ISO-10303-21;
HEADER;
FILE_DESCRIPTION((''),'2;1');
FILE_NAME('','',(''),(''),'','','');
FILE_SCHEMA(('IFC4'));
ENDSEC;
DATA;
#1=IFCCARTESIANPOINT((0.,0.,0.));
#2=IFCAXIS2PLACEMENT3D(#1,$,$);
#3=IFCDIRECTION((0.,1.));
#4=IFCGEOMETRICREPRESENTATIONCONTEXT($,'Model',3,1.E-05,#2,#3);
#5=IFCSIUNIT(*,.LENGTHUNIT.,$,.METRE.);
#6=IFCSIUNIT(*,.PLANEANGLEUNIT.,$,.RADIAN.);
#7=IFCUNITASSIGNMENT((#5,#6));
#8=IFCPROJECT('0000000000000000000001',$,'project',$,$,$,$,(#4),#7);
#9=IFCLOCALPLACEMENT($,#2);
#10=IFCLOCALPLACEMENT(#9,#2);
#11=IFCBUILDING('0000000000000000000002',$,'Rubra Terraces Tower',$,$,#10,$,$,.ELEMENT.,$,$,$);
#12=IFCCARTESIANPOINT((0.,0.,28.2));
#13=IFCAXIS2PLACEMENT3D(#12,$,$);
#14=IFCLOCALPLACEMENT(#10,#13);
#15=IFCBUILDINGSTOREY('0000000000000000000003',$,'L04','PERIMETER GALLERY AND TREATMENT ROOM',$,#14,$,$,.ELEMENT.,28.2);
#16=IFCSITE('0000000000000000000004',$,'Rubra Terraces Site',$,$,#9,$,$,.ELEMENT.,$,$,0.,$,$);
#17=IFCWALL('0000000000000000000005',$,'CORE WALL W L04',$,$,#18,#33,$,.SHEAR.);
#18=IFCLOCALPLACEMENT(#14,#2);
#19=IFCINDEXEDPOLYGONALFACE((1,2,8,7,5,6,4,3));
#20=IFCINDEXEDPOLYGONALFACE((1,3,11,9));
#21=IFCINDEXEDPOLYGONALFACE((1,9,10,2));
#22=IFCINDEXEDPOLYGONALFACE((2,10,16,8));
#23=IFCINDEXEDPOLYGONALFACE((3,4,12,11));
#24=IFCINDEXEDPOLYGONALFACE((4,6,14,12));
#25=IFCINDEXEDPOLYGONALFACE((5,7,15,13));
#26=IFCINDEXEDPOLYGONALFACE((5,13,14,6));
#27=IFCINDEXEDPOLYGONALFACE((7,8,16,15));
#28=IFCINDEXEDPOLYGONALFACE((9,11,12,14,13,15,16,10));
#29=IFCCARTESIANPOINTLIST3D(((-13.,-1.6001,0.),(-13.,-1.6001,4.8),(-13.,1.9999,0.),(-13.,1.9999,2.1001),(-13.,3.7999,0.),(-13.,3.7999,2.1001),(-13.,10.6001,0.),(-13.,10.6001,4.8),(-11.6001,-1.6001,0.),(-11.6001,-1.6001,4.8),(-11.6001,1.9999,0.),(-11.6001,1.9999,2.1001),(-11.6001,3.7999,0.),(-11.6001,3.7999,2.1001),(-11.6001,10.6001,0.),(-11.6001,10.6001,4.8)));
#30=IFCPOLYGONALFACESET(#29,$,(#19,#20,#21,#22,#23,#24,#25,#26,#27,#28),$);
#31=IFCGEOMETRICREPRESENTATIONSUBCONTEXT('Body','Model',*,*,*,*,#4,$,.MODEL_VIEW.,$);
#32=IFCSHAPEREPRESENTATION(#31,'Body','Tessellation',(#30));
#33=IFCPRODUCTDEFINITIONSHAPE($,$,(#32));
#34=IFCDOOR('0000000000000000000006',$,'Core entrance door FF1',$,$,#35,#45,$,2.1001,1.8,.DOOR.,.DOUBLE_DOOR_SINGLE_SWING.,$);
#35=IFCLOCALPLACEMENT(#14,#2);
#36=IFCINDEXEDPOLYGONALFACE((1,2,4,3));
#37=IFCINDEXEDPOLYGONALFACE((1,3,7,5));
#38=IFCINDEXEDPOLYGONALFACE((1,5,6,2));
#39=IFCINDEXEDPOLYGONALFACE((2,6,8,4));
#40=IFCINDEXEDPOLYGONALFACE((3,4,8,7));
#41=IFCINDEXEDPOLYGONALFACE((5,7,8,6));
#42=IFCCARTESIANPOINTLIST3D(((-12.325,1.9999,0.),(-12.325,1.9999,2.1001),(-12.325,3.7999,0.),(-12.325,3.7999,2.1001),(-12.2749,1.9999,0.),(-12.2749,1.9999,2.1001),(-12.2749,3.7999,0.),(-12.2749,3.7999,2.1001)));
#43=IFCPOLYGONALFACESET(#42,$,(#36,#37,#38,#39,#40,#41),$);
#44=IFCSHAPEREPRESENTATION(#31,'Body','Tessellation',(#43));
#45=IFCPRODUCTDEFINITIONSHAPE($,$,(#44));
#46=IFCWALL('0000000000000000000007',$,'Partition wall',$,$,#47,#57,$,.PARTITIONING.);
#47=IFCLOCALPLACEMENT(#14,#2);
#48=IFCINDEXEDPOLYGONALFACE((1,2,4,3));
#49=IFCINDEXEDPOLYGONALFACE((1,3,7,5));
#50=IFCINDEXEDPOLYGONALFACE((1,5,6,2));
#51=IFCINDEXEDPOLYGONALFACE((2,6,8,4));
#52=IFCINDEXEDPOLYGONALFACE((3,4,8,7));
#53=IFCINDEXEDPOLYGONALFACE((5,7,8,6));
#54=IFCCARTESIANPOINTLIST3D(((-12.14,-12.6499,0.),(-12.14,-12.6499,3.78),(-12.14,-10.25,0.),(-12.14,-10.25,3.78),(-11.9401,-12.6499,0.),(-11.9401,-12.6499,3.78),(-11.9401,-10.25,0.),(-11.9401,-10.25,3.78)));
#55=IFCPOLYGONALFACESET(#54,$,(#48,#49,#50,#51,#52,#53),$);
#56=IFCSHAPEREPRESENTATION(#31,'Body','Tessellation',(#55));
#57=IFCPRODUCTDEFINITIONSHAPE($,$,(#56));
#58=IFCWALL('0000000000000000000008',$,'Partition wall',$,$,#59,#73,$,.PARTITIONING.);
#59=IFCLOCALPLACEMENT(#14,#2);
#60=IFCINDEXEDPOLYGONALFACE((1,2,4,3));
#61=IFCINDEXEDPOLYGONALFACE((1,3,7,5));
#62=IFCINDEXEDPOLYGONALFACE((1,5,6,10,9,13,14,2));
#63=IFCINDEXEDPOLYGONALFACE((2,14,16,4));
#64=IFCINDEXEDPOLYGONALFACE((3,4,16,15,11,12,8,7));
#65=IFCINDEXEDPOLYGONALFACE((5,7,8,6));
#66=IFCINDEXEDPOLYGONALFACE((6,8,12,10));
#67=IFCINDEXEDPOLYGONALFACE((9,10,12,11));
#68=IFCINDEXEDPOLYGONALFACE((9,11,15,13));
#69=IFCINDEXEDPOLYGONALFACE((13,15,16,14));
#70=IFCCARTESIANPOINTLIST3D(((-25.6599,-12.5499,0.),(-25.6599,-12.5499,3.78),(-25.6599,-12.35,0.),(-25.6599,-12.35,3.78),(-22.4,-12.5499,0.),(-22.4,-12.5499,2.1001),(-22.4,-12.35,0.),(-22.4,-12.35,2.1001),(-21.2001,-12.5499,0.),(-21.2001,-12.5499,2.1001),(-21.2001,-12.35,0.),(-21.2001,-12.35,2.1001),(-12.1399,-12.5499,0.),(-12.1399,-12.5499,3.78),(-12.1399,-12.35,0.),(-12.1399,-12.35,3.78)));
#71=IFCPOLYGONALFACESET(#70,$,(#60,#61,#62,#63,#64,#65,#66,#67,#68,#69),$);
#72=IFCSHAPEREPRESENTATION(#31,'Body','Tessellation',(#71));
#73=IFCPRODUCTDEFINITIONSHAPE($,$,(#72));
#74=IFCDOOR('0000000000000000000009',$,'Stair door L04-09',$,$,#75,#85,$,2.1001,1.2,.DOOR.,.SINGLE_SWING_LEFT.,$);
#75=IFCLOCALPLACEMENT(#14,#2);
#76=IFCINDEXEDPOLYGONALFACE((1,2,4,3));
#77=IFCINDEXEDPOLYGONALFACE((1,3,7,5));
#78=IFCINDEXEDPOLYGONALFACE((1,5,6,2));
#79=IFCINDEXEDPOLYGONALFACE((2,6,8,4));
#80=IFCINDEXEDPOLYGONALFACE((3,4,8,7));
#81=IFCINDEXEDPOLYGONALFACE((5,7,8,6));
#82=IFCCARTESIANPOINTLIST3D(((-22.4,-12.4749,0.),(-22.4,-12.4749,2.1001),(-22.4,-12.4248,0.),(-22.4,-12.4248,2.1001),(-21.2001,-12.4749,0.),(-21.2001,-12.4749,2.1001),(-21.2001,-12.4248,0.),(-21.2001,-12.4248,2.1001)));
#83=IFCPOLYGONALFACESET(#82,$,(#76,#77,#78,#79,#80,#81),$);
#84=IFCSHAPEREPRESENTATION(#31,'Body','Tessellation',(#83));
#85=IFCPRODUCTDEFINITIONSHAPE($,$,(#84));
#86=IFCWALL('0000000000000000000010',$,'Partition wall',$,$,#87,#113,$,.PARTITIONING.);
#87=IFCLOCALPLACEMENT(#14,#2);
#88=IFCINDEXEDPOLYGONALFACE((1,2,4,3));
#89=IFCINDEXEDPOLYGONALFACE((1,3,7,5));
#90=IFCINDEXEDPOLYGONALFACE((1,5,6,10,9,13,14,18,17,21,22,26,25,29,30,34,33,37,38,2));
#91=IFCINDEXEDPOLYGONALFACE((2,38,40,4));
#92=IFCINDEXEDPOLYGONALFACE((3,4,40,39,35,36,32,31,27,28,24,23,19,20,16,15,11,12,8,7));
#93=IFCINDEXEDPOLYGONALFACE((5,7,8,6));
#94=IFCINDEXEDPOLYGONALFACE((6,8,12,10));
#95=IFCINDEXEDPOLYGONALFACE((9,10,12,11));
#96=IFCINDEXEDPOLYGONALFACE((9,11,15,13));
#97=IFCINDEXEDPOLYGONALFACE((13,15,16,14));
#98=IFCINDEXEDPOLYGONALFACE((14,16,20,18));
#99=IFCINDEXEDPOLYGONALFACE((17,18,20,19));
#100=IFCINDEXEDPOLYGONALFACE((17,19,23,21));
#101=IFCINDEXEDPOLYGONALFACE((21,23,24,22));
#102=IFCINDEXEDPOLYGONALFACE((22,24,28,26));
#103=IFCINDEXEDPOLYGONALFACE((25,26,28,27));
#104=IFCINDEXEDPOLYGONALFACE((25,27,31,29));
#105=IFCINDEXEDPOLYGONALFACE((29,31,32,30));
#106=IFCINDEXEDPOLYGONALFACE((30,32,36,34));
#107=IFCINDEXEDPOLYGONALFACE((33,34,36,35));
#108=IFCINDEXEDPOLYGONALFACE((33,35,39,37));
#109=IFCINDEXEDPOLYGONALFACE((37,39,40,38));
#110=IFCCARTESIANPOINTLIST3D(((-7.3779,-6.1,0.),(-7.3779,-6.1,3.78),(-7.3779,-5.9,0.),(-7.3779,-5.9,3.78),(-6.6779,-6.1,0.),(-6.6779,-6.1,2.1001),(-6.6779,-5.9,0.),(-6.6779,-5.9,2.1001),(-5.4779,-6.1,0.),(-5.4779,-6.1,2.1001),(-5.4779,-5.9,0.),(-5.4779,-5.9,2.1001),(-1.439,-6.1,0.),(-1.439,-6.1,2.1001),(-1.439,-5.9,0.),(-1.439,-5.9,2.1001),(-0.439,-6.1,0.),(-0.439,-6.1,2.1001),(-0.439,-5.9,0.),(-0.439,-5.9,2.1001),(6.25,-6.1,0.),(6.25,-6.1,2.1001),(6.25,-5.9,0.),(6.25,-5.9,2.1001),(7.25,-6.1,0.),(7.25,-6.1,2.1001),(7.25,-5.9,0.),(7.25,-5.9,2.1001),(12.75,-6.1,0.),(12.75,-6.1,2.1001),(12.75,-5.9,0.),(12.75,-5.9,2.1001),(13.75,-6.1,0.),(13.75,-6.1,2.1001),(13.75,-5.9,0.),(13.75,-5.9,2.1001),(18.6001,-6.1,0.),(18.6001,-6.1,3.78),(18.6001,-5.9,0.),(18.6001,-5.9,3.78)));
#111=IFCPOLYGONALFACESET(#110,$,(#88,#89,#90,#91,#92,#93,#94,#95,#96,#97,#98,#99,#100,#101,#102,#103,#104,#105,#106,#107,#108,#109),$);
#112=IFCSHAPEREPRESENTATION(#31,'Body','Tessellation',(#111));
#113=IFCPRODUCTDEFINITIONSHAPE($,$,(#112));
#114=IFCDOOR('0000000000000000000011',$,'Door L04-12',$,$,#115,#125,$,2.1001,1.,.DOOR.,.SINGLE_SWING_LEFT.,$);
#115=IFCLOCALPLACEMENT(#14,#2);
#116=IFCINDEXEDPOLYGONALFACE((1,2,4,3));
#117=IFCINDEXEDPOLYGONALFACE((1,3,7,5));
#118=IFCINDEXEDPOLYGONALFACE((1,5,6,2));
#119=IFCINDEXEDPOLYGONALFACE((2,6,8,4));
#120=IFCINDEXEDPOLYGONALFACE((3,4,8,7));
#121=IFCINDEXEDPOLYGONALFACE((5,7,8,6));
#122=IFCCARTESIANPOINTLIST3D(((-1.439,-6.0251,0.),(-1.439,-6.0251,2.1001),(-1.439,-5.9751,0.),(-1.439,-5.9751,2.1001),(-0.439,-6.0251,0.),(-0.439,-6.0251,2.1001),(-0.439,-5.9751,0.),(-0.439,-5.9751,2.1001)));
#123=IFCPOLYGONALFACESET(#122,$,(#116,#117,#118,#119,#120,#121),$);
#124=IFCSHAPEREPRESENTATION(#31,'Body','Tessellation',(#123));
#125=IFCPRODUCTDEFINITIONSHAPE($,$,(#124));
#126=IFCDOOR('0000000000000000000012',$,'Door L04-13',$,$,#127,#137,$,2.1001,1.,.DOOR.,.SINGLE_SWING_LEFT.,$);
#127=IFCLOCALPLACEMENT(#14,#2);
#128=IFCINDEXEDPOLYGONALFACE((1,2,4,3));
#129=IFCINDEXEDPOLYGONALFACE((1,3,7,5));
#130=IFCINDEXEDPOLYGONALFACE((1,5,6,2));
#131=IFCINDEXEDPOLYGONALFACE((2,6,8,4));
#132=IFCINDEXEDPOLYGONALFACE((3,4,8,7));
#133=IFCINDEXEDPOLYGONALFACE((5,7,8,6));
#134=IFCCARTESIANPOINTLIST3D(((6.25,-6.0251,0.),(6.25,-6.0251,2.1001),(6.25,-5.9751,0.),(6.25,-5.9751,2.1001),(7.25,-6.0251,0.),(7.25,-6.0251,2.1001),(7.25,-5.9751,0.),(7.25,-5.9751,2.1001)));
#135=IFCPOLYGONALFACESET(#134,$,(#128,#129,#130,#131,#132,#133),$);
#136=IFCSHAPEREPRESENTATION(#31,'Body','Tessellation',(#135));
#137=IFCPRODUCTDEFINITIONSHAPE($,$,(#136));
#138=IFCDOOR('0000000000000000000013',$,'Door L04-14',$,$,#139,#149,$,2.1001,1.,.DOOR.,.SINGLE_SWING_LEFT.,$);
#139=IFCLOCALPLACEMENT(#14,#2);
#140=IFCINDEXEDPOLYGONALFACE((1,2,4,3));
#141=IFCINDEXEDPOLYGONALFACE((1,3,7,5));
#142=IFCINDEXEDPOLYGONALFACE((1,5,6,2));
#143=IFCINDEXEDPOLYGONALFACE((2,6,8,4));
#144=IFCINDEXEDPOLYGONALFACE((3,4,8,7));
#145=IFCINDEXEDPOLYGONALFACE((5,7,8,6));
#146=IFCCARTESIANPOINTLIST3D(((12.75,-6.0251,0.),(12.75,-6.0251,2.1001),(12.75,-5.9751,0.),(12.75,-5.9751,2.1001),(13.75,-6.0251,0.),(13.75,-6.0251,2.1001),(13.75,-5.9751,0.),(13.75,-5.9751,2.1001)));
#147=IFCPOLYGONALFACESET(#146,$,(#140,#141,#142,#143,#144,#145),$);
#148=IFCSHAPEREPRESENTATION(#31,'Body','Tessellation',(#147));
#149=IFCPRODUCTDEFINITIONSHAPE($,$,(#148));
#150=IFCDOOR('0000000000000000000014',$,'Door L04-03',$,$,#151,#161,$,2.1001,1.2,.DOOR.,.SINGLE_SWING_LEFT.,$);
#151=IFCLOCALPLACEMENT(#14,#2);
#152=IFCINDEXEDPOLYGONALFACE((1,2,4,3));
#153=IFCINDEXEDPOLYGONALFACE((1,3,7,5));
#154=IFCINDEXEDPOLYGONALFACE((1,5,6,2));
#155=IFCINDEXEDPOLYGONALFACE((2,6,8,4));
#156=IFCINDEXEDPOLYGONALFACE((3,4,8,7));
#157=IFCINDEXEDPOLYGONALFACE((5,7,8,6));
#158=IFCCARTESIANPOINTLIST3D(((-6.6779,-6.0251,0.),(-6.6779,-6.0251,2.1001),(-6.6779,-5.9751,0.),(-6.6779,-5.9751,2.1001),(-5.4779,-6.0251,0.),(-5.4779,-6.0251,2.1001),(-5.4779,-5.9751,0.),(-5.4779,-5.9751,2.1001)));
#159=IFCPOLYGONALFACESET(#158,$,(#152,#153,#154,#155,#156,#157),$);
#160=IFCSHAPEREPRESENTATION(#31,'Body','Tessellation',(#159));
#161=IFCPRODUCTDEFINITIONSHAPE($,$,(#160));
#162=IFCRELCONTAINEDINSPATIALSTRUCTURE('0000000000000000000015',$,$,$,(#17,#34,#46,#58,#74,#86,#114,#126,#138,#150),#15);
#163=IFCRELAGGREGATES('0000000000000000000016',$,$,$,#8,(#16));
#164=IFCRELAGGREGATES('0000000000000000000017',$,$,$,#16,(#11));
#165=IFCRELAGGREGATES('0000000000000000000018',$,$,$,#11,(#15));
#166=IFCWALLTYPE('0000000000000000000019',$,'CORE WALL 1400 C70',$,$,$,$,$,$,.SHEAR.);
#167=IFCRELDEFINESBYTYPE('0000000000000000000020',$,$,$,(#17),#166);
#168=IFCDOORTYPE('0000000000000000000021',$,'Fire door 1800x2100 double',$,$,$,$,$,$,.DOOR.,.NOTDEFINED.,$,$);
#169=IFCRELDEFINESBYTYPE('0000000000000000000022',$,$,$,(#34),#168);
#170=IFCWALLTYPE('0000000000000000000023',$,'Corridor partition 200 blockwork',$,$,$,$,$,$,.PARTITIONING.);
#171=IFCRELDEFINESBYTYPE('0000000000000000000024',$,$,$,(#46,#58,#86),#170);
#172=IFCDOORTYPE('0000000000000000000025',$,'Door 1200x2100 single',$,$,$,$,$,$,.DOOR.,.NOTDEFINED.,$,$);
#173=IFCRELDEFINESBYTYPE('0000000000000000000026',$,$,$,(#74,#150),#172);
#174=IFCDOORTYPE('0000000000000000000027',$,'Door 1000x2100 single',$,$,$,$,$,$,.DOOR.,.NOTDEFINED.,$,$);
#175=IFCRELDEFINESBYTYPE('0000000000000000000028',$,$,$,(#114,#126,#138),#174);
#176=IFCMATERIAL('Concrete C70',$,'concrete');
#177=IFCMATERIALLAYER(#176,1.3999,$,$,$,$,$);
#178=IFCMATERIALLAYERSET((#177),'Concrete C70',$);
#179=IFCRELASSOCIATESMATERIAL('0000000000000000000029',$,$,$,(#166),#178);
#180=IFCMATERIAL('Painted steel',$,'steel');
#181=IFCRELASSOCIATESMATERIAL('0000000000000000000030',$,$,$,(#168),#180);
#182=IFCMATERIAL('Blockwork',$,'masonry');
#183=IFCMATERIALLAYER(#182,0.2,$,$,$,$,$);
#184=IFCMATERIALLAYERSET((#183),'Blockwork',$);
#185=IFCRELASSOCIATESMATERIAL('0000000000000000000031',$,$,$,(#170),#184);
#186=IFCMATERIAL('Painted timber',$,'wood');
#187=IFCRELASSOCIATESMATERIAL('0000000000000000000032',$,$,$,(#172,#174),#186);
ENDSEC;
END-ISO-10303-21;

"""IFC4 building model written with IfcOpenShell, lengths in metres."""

from ifc_helpers import new_model, si_unit, direction, frame, frame_2d, origin, place, context, subcontext, project, spatial, rectangle, extrude, material, layer, layer_set, type_object, element, fill, save


model = new_model("IFC4")

# Units and contexts
model_context = context("Model", 3, precision=1e-05, world=origin(), true_north=direction((0.0, 1.0)))
body_context = subcontext(model_context, "Body", "Model", "MODEL_VIEW")
ifc_project = project(units=[si_unit("LENGTHUNIT", "METRE"), si_unit("PLANEANGLEUNIT", "RADIAN")], contexts=[model_context])

# Site, building, storey
site_placement = place(None, origin())
site = spatial("IfcSite", under=ifc_project, at=site_placement, Name="Rubra Terraces Site", CompositionType="ELEMENT", RefElevation=0.0)
building_placement = place(site_placement, origin())
building = spatial("IfcBuilding", under=site, at=building_placement, Name="Rubra Terraces Tower", CompositionType="ELEMENT")
storey_placement = place(building_placement, frame((0.0, 0.0, 28.2)))
storey = spatial("IfcBuildingStorey", under=building, at=storey_placement, Name="L04", Description="PERIMETER GALLERY AND TREATMENT ROOM", CompositionType="ELEMENT", Elevation=28.2)

# Shared definitions
ifc_material_1 = material(Name="Concrete C70", Category="concrete")
ifc_layer_1 = layer(ifc_material_1, 1.3999)
ifc_layer_set_1 = layer_set([ifc_layer_1], Name="Concrete C70")
wall_type_1 = type_object("IfcWallType", Name="CORE WALL 1400 C70", PredefinedType="SHEAR", material=ifc_layer_set_1)
ifc_material_2 = material(Name="Painted steel", Category="steel")

# Wall, opening, door
wall_1_placement = place(storey_placement, frame((-12.3, -1.6001, 0.0), z_axis=(0.0, 0.0, 1.0), x_axis=(0.0, 1.0, 0.0)))
wall_1 = element("IfcWall", 1, at=wall_1_placement, inside=storey, type_object=wall_type_1, Name="CORE WALL W L04", PredefinedType="SHEAR", context=body_context, shape_type="SweptSolid", body=[
    extrude(rectangle(XDim=12.2002, YDim=1.3999, at=frame_2d((6.1001, 0.0))), origin(), (0.0, 0.0, 1.0), 4.8),
])
opening_1_placement = place(wall_1_placement, frame((3.6001, 0.0, 0.0)))
opening_1 = element("IfcOpeningElement", 2, at=opening_1_placement, cuts=wall_1, PredefinedType="OPENING", context=body_context, shape_type="SweptSolid", body=[
    extrude(rectangle(XDim=1.8, YDim=2.1001, at=frame_2d((0.8999, 1.05))), frame((0.0, 0.71, 0.0), z_axis=(0.0, -1.0, 0.0), x_axis=(1.0, 0.0, 0.0)), (0.0, 0.0, 1.0), 1.4199),
])
door_type_1 = type_object("IfcDoorType", Name="Fire door 1800x2100 double", OperationType="NOTDEFINED", PredefinedType="DOOR", material=ifc_material_2)
door_1_placement = place(opening_1_placement, origin())
door_1 = element("IfcDoor", 3, at=door_1_placement, inside=storey, type_object=door_type_1, Name="Core entrance door FF1", OperationType="DOUBLE_DOOR_SINGLE_SWING", OverallHeight=2.1001, OverallWidth=1.8, PredefinedType="DOOR", context=body_context, shape_type="SweptSolid", body=[
    extrude(rectangle(XDim=1.8, YDim=2.1001, at=frame_2d((0.8999, 1.05))), frame((0.0, 0.0249, 0.0), z_axis=(0.0, -1.0, 0.0), x_axis=(1.0, 0.0, 0.0)), (0.0, 0.0, 1.0), 0.05),
])
fill(opening_1, door_1)

# Wall
ifc_material_3 = material(Name="Blockwork", Category="masonry")
ifc_layer_2 = layer(ifc_material_3, 0.2)
ifc_layer_set_2 = layer_set([ifc_layer_2], Name="Blockwork")
wall_type_2 = type_object("IfcWallType", Name="Corridor partition 200 blockwork", PredefinedType="PARTITIONING", material=ifc_layer_set_2)
wall_2_placement = place(storey_placement, frame((-12.04, -10.25, 0.0), z_axis=(0.0, 0.0, 1.0), x_axis=(0.0, -1.0, 0.0)))
element("IfcWall", 4, at=wall_2_placement, inside=storey, type_object=wall_type_2, Name="Partition wall", PredefinedType="PARTITIONING", context=body_context, shape_type="SweptSolid", body=[
    extrude(rectangle(XDim=2.3999, YDim=0.2, at=frame_2d((1.2, 0.0))), origin(), (0.0, 0.0, 1.0), 3.78),
])

# Wall, opening, door
wall_3_placement = place(storey_placement, frame((-12.1399, -12.45, 0.0), z_axis=(0.0, 0.0, 1.0), x_axis=(-1.0, 0.0, 0.0)))
wall_3 = element("IfcWall", 5, at=wall_3_placement, inside=storey, type_object=wall_type_2, Name="Partition wall", PredefinedType="PARTITIONING", context=body_context, shape_type="SweptSolid", body=[
    extrude(rectangle(XDim=13.52, YDim=0.2, at=frame_2d((6.76, 0.0))), origin(), (0.0, 0.0, 1.0), 3.78),
])
opening_2_placement = place(wall_3_placement, frame((9.0601, 0.0, 0.0)))
opening_2 = element("IfcOpeningElement", 6, at=opening_2_placement, cuts=wall_3, PredefinedType="OPENING", context=body_context, shape_type="SweptSolid", body=[
    extrude(rectangle(XDim=1.2, YDim=2.1001, at=frame_2d((0.6001, 1.05))), frame((0.0, 0.1099, 0.0), z_axis=(0.0, -1.0, 0.0), x_axis=(1.0, 0.0, 0.0)), (0.0, 0.0, 1.0), 0.22),
])
ifc_material_4 = material(Name="Painted timber", Category="wood")
door_type_2 = type_object("IfcDoorType", Name="Door 1200x2100 single", OperationType="NOTDEFINED", PredefinedType="DOOR", material=ifc_material_4)
door_2_placement = place(opening_2_placement, origin())
door_2 = element("IfcDoor", 7, at=door_2_placement, inside=storey, type_object=door_type_2, Name="Stair door L04-09", OperationType="SINGLE_SWING_LEFT", OverallHeight=2.1001, OverallWidth=1.2, PredefinedType="DOOR", context=body_context, shape_type="SweptSolid", body=[
    extrude(rectangle(XDim=1.2, YDim=2.1001, at=frame_2d((0.6001, 1.05))), frame((0.0, 0.0249, 0.0), z_axis=(0.0, -1.0, 0.0), x_axis=(1.0, 0.0, 0.0)), (0.0, 0.0, 1.0), 0.05),
])
fill(opening_2, door_2)

# Wall, openings, doors
wall_4_placement = place(storey_placement, frame((-7.3779, -6.0, 0.0), z_axis=(0.0, 0.0, 1.0), x_axis=(1.0, 0.0, 0.0)))
wall_4 = element("IfcWall", 8, at=wall_4_placement, inside=storey, type_object=wall_type_2, Name="Partition wall", PredefinedType="PARTITIONING", context=body_context, shape_type="SweptSolid", body=[
    extrude(rectangle(XDim=25.978, YDim=0.2, at=frame_2d((12.989, 0.0))), origin(), (0.0, 0.0, 1.0), 3.78),
])
opening_3_placement = place(wall_4_placement, frame((0.7, 0.0, 0.0)))
opening_3 = element("IfcOpeningElement", 9, at=opening_3_placement, cuts=wall_4, PredefinedType="OPENING", context=body_context, shape_type="SweptSolid", body=[
    extrude(rectangle(XDim=1.2, YDim=2.1001, at=frame_2d((0.6001, 1.05))), frame((0.0, 0.1099, 0.0), z_axis=(0.0, -1.0, 0.0), x_axis=(1.0, 0.0, 0.0)), (0.0, 0.0, 1.0), 0.22),
])
opening_4_placement = place(wall_4_placement, frame((5.939, 0.0, 0.0)))
opening_4 = element("IfcOpeningElement", 10, at=opening_4_placement, cuts=wall_4, PredefinedType="OPENING", context=body_context, shape_type="SweptSolid", body=[
    extrude(rectangle(XDim=1.0, YDim=2.1001, at=frame_2d((0.5, 1.05))), frame((0.0, 0.1099, 0.0), z_axis=(0.0, -1.0, 0.0), x_axis=(1.0, 0.0, 0.0)), (0.0, 0.0, 1.0), 0.22),
])
opening_5_placement = place(wall_4_placement, frame((13.6279, 0.0, 0.0)))
opening_5 = element("IfcOpeningElement", 11, at=opening_5_placement, cuts=wall_4, PredefinedType="OPENING", context=body_context, shape_type="SweptSolid", body=[
    extrude(rectangle(XDim=1.0, YDim=2.1001, at=frame_2d((0.5, 1.05))), frame((0.0, 0.1099, 0.0), z_axis=(0.0, -1.0, 0.0), x_axis=(1.0, 0.0, 0.0)), (0.0, 0.0, 1.0), 0.22),
])
opening_6_placement = place(wall_4_placement, frame((20.1279, 0.0, 0.0)))
opening_6 = element("IfcOpeningElement", 12, at=opening_6_placement, cuts=wall_4, PredefinedType="OPENING", context=body_context, shape_type="SweptSolid", body=[
    extrude(rectangle(XDim=1.0, YDim=2.1001, at=frame_2d((0.5, 1.05))), frame((0.0, 0.1099, 0.0), z_axis=(0.0, -1.0, 0.0), x_axis=(1.0, 0.0, 0.0)), (0.0, 0.0, 1.0), 0.22),
])
door_type_3 = type_object("IfcDoorType", Name="Door 1000x2100 single", OperationType="NOTDEFINED", PredefinedType="DOOR", material=ifc_material_4)
door_3_placement = place(opening_4_placement, origin())
door_3 = element("IfcDoor", 13, at=door_3_placement, inside=storey, type_object=door_type_3, Name="Door L04-12", OperationType="SINGLE_SWING_LEFT", OverallHeight=2.1001, OverallWidth=1.0, PredefinedType="DOOR", context=body_context, shape_type="SweptSolid", body=[
    extrude(rectangle(XDim=1.0, YDim=2.1001, at=frame_2d((0.5, 1.05))), frame((0.0, 0.0249, 0.0), z_axis=(0.0, -1.0, 0.0), x_axis=(1.0, 0.0, 0.0)), (0.0, 0.0, 1.0), 0.05),
])
fill(opening_4, door_3)
door_4_placement = place(opening_5_placement, origin())
door_4 = element("IfcDoor", 14, at=door_4_placement, inside=storey, type_object=door_type_3, Name="Door L04-13", OperationType="SINGLE_SWING_LEFT", OverallHeight=2.1001, OverallWidth=1.0, PredefinedType="DOOR", context=body_context, shape_type="SweptSolid", body=[
    extrude(rectangle(XDim=1.0, YDim=2.1001, at=frame_2d((0.5, 1.05))), frame((0.0, 0.0249, 0.0), z_axis=(0.0, -1.0, 0.0), x_axis=(1.0, 0.0, 0.0)), (0.0, 0.0, 1.0), 0.05),
])
fill(opening_5, door_4)
door_5_placement = place(opening_6_placement, origin())
door_5 = element("IfcDoor", 15, at=door_5_placement, inside=storey, type_object=door_type_3, Name="Door L04-14", OperationType="SINGLE_SWING_LEFT", OverallHeight=2.1001, OverallWidth=1.0, PredefinedType="DOOR", context=body_context, shape_type="SweptSolid", body=[
    extrude(rectangle(XDim=1.0, YDim=2.1001, at=frame_2d((0.5, 1.05))), frame((0.0, 0.0249, 0.0), z_axis=(0.0, -1.0, 0.0), x_axis=(1.0, 0.0, 0.0)), (0.0, 0.0, 1.0), 0.05),
])
fill(opening_6, door_5)
door_6_placement = place(opening_3_placement, origin())
door_6 = element("IfcDoor", 16, at=door_6_placement, inside=storey, type_object=door_type_2, Name="Door L04-03", OperationType="SINGLE_SWING_LEFT", OverallHeight=2.1001, OverallWidth=1.2, PredefinedType="DOOR", context=body_context, shape_type="SweptSolid", body=[
    extrude(rectangle(XDim=1.2, YDim=2.1001, at=frame_2d((0.6001, 1.05))), frame((0.0, 0.0249, 0.0), z_axis=(0.0, -1.0, 0.0), x_axis=(1.0, 0.0, 0.0)), (0.0, 0.0, 1.0), 0.05),
])
fill(opening_3, door_6)

save(model, "model.ifc")
